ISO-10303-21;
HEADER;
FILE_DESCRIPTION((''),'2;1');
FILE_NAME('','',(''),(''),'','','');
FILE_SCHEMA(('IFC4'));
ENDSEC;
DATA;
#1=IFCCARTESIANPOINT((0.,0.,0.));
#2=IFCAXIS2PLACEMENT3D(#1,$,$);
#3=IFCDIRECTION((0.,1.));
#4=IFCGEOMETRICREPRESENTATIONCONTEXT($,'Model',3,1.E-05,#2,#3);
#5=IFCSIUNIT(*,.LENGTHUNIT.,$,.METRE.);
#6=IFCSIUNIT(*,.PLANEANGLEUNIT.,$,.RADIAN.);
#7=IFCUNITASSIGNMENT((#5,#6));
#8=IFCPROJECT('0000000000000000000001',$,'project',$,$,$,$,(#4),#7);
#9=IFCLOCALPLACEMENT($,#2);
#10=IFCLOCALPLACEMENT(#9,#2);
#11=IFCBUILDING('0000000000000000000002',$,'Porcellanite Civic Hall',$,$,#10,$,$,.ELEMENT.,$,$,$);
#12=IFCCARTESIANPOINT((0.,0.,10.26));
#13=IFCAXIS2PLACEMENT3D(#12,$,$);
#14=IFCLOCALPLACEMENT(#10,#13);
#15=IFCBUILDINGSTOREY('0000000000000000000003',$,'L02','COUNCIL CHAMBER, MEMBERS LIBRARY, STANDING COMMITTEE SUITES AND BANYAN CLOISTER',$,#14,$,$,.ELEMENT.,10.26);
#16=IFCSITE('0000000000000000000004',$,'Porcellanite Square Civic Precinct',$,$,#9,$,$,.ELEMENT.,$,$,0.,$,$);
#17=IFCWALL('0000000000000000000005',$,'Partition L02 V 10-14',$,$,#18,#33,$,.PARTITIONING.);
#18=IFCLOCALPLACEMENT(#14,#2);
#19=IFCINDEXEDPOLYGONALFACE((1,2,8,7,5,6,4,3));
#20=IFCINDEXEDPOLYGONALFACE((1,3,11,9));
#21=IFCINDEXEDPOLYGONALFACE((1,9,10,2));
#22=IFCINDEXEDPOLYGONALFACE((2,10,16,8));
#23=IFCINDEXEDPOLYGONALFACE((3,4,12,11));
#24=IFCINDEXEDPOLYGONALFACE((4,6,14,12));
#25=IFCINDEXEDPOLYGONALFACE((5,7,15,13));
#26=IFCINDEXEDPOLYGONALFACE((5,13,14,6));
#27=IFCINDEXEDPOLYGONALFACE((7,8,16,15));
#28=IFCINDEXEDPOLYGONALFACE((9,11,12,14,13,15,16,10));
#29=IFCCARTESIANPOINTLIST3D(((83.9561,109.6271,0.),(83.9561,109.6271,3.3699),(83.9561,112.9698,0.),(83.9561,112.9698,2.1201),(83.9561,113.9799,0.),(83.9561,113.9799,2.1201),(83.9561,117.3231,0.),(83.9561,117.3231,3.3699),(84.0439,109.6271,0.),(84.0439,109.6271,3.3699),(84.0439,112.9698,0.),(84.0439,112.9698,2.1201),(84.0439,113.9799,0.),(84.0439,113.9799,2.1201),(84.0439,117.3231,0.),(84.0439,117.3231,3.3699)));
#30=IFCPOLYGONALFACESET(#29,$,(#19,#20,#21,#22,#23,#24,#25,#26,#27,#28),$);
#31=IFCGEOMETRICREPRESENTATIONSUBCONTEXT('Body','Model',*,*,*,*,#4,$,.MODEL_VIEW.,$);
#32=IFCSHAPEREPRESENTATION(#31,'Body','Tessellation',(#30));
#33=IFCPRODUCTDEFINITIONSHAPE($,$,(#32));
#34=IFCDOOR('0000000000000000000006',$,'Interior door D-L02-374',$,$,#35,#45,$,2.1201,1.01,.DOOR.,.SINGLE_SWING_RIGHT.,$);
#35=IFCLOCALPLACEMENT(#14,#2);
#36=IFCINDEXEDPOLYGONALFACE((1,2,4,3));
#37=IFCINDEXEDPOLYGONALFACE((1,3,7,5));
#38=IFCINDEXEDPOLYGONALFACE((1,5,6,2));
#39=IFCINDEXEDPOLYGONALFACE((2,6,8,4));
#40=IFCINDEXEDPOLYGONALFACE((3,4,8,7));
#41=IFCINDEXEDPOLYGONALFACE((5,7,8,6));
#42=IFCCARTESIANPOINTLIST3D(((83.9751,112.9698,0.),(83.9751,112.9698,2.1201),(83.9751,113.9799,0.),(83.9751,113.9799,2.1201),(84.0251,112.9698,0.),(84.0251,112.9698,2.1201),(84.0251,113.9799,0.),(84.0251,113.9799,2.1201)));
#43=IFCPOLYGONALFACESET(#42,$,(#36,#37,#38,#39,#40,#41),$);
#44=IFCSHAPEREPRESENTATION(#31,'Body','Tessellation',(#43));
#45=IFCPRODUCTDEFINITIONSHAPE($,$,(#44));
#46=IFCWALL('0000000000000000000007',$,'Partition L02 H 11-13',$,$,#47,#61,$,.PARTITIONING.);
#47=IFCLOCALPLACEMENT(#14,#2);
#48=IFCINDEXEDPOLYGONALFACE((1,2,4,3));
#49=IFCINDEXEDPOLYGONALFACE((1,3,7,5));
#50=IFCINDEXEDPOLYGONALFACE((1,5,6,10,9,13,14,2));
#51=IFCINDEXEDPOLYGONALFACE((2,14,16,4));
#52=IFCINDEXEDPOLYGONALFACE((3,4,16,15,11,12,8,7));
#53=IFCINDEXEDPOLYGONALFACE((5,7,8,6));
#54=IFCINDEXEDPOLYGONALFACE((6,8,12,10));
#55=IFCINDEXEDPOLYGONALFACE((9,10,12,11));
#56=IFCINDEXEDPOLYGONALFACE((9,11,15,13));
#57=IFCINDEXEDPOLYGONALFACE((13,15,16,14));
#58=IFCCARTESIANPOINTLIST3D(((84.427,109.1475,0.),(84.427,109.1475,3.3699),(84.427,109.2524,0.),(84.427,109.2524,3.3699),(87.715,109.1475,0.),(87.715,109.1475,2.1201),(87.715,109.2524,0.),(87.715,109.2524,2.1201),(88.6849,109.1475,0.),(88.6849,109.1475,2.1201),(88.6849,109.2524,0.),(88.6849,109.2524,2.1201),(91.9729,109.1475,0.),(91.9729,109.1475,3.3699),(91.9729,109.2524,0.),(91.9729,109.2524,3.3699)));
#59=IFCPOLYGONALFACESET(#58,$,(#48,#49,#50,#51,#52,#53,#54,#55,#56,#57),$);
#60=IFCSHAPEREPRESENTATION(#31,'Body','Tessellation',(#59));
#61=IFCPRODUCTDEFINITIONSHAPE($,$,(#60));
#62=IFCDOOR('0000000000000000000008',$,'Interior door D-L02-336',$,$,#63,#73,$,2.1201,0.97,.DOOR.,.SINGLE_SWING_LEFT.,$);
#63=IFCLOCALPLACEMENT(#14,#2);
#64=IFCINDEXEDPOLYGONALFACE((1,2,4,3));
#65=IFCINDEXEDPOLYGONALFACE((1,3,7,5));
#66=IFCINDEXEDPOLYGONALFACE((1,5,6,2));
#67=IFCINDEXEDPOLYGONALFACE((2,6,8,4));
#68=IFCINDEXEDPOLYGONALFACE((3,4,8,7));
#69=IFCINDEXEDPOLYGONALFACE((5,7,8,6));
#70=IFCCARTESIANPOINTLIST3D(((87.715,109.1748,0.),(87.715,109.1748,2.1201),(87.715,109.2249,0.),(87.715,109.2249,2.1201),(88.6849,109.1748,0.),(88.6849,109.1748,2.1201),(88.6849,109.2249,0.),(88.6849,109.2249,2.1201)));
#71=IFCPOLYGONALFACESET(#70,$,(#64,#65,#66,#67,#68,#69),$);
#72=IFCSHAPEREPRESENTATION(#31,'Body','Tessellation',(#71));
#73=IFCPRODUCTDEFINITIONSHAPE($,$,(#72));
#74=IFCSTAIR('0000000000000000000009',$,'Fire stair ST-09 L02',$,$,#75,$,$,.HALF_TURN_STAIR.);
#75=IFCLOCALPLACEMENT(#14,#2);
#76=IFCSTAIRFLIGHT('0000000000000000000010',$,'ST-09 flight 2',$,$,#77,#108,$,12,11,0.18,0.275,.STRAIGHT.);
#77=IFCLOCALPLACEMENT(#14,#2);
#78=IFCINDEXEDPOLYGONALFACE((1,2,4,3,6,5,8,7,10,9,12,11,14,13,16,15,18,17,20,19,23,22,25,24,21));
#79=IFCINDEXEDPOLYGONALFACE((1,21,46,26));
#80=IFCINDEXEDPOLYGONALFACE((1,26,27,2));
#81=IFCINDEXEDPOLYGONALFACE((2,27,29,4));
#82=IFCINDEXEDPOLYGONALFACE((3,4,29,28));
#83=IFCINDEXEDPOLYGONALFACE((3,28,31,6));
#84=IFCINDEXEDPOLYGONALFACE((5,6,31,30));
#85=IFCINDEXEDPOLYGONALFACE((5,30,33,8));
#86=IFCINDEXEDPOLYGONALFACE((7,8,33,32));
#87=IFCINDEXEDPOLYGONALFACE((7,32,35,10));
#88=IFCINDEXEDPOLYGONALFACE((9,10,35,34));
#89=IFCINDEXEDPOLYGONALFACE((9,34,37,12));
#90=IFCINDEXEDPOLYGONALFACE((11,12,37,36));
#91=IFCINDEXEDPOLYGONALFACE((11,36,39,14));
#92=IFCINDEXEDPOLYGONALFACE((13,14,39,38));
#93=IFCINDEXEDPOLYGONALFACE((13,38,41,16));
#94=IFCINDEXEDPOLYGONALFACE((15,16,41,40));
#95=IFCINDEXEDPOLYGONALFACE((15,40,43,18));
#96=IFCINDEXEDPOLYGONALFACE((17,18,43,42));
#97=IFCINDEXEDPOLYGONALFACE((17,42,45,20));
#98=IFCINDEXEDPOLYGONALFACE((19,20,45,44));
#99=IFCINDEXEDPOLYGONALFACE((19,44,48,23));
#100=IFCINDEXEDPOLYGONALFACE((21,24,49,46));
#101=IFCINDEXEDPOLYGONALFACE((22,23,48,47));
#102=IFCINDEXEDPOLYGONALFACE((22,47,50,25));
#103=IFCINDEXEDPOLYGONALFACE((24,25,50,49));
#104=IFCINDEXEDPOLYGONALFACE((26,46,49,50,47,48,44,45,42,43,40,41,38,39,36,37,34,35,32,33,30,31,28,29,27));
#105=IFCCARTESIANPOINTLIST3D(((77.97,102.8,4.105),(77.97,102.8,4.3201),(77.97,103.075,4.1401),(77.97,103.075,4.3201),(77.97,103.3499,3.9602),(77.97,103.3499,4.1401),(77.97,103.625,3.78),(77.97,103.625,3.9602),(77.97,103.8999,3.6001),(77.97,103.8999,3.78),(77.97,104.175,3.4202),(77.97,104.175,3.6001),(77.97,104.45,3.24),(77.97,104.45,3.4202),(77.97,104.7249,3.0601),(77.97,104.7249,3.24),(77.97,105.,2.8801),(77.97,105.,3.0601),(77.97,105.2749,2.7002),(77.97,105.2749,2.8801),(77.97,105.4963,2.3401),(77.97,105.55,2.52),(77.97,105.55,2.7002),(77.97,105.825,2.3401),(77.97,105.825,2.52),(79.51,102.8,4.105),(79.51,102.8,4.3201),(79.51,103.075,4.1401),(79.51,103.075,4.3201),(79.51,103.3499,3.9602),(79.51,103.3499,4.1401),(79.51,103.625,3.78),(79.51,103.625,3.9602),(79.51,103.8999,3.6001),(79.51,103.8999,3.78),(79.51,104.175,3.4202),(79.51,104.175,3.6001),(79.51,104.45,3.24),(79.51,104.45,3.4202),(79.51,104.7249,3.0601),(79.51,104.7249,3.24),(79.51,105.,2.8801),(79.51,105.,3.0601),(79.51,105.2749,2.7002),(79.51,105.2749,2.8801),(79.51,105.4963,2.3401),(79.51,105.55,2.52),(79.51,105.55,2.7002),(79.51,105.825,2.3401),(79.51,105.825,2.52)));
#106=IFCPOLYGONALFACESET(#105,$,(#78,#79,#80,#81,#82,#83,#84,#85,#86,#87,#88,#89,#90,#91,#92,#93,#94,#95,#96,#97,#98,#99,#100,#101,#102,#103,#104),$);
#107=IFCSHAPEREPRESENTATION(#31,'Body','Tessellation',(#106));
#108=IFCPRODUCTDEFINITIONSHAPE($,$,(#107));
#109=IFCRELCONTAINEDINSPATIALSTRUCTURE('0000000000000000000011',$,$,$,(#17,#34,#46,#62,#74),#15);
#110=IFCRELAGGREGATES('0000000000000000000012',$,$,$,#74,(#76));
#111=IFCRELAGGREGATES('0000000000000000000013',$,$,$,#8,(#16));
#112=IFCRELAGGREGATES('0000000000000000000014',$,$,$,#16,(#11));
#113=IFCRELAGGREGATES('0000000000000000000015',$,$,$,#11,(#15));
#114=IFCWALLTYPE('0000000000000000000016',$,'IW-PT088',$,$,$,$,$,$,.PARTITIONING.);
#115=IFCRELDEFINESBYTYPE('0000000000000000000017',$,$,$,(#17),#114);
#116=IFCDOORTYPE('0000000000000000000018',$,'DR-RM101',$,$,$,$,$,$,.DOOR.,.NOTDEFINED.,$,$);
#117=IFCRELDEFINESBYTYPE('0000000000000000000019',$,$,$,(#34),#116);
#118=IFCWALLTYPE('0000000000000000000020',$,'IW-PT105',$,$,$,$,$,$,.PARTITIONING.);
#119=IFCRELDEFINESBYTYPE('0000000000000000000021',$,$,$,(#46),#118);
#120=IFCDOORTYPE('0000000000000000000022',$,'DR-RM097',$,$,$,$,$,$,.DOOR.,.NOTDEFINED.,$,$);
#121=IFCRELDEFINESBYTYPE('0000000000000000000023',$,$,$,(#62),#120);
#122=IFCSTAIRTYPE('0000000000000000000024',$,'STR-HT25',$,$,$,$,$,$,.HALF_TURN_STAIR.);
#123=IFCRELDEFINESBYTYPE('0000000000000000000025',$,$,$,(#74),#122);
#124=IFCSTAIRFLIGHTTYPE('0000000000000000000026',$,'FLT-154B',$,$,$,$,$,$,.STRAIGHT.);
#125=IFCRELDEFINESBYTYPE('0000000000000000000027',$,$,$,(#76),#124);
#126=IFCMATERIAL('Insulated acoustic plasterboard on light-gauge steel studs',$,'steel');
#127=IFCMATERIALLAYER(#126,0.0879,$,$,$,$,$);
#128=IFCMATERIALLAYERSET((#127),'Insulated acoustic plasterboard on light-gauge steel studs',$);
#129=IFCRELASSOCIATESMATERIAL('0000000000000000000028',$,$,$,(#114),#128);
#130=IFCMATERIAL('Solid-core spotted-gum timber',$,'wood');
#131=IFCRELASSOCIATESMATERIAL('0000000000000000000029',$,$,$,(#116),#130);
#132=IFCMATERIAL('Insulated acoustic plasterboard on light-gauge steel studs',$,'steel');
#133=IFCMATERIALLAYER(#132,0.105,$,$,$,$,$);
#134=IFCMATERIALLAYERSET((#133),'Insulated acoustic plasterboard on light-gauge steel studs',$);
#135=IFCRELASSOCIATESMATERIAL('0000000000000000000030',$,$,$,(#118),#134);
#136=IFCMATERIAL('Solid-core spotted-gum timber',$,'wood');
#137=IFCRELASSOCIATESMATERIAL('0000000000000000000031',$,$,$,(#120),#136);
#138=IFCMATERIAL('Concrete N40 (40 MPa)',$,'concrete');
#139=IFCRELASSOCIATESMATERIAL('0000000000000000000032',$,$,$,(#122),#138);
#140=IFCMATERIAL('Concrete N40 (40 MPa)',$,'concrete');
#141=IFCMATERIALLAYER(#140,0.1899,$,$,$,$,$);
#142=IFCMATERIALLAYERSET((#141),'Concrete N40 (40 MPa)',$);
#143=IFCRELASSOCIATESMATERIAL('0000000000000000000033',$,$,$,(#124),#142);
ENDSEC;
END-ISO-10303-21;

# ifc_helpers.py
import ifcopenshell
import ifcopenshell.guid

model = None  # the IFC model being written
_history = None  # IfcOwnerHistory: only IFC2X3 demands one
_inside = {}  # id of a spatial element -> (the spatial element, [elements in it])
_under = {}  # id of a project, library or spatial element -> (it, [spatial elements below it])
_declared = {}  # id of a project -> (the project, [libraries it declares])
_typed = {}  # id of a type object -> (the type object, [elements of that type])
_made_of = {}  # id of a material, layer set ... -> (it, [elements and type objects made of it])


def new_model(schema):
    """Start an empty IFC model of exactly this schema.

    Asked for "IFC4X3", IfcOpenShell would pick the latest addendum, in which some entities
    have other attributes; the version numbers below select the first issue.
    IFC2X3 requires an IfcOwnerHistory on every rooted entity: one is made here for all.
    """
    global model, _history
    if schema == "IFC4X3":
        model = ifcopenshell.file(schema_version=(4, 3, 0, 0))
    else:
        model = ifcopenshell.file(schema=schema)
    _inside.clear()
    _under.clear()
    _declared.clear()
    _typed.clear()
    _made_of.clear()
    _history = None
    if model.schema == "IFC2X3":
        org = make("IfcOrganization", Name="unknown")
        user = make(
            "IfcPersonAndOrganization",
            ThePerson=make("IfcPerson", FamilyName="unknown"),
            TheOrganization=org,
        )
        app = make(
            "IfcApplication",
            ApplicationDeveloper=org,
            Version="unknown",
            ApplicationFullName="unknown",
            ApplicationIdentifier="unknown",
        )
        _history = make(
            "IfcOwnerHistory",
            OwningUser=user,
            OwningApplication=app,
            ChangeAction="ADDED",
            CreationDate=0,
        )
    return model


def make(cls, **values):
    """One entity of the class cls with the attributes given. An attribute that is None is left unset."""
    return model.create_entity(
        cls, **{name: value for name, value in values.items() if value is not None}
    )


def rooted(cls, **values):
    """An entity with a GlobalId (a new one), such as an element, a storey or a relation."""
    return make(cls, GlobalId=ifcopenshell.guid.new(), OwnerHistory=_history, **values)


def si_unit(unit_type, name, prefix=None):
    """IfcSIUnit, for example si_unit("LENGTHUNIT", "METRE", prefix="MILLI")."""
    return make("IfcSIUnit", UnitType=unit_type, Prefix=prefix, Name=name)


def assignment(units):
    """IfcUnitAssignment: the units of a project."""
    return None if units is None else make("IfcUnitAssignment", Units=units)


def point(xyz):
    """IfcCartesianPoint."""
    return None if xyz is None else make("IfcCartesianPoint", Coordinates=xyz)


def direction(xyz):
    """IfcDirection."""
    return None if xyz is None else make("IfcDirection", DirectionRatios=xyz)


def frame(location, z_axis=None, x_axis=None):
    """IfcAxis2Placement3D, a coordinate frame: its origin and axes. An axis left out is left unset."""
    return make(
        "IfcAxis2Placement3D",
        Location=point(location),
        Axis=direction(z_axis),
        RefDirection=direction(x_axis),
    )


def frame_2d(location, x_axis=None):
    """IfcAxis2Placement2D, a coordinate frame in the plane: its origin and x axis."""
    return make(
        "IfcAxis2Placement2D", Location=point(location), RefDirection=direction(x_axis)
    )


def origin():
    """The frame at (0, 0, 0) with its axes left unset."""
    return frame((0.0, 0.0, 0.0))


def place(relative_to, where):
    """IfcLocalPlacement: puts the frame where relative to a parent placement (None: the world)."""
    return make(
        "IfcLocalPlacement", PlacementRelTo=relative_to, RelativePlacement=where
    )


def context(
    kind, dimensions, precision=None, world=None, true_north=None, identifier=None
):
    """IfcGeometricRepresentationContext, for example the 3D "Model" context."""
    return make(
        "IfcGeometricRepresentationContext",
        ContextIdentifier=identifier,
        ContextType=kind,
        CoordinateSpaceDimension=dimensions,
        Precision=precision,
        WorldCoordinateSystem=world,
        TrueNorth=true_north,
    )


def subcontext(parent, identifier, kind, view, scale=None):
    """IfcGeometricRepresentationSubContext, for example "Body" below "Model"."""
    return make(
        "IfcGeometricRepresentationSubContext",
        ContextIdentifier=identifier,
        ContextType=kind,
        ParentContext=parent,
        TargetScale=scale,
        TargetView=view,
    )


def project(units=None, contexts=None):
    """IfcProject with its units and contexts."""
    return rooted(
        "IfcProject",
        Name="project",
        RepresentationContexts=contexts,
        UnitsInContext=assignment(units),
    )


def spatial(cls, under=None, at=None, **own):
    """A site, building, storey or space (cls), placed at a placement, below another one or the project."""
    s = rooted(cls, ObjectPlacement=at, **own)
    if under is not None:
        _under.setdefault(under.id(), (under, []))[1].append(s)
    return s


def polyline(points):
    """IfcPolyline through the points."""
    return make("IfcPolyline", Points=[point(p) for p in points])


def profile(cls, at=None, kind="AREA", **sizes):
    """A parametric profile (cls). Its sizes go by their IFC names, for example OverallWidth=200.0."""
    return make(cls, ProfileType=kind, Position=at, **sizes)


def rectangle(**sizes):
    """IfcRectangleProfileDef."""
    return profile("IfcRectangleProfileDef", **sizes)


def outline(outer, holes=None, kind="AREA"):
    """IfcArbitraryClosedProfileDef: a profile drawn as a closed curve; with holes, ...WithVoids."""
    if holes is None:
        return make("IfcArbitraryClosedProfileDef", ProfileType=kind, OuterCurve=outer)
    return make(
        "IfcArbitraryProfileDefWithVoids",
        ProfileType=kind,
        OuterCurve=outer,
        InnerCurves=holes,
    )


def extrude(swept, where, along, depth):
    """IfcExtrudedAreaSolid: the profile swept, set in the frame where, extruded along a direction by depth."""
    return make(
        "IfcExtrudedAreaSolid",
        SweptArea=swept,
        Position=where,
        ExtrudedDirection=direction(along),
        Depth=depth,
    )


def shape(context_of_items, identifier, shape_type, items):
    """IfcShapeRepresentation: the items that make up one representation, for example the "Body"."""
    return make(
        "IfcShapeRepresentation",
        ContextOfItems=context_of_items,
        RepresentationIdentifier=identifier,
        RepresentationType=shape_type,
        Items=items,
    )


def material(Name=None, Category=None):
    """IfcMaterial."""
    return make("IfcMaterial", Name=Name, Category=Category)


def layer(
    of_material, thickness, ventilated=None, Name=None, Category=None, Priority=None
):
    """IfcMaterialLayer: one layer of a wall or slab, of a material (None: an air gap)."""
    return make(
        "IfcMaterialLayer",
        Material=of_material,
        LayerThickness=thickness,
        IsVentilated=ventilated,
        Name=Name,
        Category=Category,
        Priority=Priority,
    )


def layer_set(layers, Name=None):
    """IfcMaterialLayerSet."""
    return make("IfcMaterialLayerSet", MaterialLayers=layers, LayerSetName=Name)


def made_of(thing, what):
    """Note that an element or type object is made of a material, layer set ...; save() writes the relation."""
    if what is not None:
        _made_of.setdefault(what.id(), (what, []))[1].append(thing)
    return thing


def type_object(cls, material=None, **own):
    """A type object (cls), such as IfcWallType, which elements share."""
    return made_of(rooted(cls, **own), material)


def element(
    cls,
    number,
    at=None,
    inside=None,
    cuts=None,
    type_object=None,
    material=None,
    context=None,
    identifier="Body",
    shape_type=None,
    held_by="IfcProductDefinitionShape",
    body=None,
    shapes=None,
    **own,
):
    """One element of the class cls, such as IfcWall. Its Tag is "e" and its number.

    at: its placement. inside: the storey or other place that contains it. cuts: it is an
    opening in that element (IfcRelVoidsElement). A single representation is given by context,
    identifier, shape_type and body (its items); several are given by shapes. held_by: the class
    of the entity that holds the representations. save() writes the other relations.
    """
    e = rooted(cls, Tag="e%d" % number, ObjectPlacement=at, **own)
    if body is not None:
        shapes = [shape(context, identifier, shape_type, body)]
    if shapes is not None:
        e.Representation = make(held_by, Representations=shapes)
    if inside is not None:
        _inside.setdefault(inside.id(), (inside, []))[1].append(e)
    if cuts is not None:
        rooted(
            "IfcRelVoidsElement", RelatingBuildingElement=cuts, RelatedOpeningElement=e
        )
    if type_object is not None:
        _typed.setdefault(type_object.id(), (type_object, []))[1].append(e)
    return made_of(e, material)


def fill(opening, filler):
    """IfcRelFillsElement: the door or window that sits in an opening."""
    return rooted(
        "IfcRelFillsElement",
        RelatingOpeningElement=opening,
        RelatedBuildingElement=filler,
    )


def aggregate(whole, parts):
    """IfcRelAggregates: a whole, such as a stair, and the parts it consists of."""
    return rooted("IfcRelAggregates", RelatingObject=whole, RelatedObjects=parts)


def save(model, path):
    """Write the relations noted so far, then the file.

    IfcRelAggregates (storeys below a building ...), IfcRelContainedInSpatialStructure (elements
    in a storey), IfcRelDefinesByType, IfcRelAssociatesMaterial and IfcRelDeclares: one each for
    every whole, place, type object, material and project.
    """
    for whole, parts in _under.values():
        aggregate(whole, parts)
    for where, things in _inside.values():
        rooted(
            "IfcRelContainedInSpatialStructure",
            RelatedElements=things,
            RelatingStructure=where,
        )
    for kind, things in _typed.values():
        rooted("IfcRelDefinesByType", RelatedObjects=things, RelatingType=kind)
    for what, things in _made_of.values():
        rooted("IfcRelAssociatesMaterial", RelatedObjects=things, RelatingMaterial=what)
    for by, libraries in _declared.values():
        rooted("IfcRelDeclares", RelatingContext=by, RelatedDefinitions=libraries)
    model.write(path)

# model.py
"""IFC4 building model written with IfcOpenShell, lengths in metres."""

from ifc_helpers import new_model, si_unit, direction, frame, frame_2d, origin, place, context, subcontext, project, spatial, polyline, rectangle, outline, extrude, material, layer, layer_set, type_object, element, fill, aggregate, save


model = new_model("IFC4")

# Units and contexts
model_context = context("Model", 3, precision=1e-05, world=origin(), true_north=direction((0.0, 1.0)))
body_context = subcontext(model_context, "Body", "Model", "MODEL_VIEW")
ifc_project = project(units=[si_unit("LENGTHUNIT", "METRE"), si_unit("PLANEANGLEUNIT", "RADIAN")], contexts=[model_context])

# Site, building, storey
site_placement = place(None, origin())
site = spatial("IfcSite", under=ifc_project, at=site_placement, Name="Porcellanite Square Civic Precinct", CompositionType="ELEMENT", RefElevation=0.0)
building_placement = place(site_placement, origin())
building = spatial("IfcBuilding", under=site, at=building_placement, Name="Porcellanite Civic Hall", CompositionType="ELEMENT")
storey_placement = place(building_placement, frame((0.0, 0.0, 10.26)))
storey = spatial("IfcBuildingStorey", under=building, at=storey_placement, Name="L02", Description="COUNCIL CHAMBER, MEMBERS LIBRARY, STANDING COMMITTEE SUITES AND BANYAN CLOISTER", CompositionType="ELEMENT", Elevation=10.26)

# Walls, openings, doors
ifc_material_1 = material(Name="Insulated acoustic plasterboard on light-gauge steel studs", Category="steel")
ifc_layer_1 = layer(ifc_material_1, 0.0879)
ifc_layer_set_1 = layer_set([ifc_layer_1], Name="Insulated acoustic plasterboard on light-gauge steel studs")
wall_type_1 = type_object("IfcWallType", Name="IW-PT088", PredefinedType="PARTITIONING", material=ifc_layer_set_1)
wall_1_placement = place(storey_placement, frame((84.0, 109.627, 0.0), z_axis=(0.0, 0.0, 1.0), x_axis=(0.0, 1.0, 0.0)))
wall_1 = element("IfcWall", 1, at=wall_1_placement, inside=storey, type_object=wall_type_1, Name="Partition L02 V 10-14", PredefinedType="PARTITIONING", context=body_context, shape_type="SweptSolid", body=[
    extrude(rectangle(XDim=7.696, YDim=0.0879, at=frame_2d((3.8481, 0.0))), origin(), (0.0, 0.0, 1.0), 3.3699),
])
opening_1_placement = place(wall_1_placement, frame((3.343, 0.0, 0.0)))
opening_1 = element("IfcOpeningElement", 2, at=opening_1_placement, cuts=wall_1, PredefinedType="OPENING", context=body_context, shape_type="SweptSolid", body=[
    extrude(rectangle(XDim=1.01, YDim=2.1201, at=frame_2d((0.5049, 1.0601))), frame((0.0, 0.0439, 0.0), z_axis=(0.0, -1.0, 0.0), x_axis=(1.0, 0.0, 0.0)), (0.0, 0.0, 1.0), 0.0879),
])
ifc_material_2 = material(Name="Solid-core spotted-gum timber", Category="wood")
door_type_1 = type_object("IfcDoorType", Name="DR-RM101", OperationType="NOTDEFINED", PredefinedType="DOOR", material=ifc_material_2)
door_1_placement = place(opening_1_placement, origin())
door_1 = element("IfcDoor", 3, at=door_1_placement, inside=storey, type_object=door_type_1, Name="Interior door D-L02-374", OperationType="SINGLE_SWING_RIGHT", OverallHeight=2.1201, OverallWidth=1.01, PredefinedType="DOOR", context=body_context, shape_type="SweptSolid", body=[
    extrude(rectangle(XDim=1.01, YDim=2.1201, at=frame_2d((0.5049, 1.0601))), frame((0.0, 0.0249, 0.0), z_axis=(0.0, -1.0, 0.0), x_axis=(1.0, 0.0, 0.0)), (0.0, 0.0, 1.0), 0.05),
])
fill(opening_1, door_1)
ifc_material_3 = material(Name="Insulated acoustic plasterboard on light-gauge steel studs", Category="steel")
ifc_layer_2 = layer(ifc_material_3, 0.105)
ifc_layer_set_2 = layer_set([ifc_layer_2], Name="Insulated acoustic plasterboard on light-gauge steel studs")
wall_type_2 = type_object("IfcWallType", Name="IW-PT105", PredefinedType="PARTITIONING", material=ifc_layer_set_2)
wall_2_placement = place(storey_placement, frame((84.427, 109.2, 0.0), z_axis=(0.0, 0.0, 1.0), x_axis=(1.0, 0.0, 0.0)))
wall_2 = element("IfcWall", 4, at=wall_2_placement, inside=storey, type_object=wall_type_2, Name="Partition L02 H 11-13", PredefinedType="PARTITIONING", context=body_context, shape_type="SweptSolid", body=[
    extrude(rectangle(XDim=7.5459, YDim=0.105, at=frame_2d((3.7729, 0.0))), origin(), (0.0, 0.0, 1.0), 3.3699),
])
opening_2_placement = place(wall_2_placement, frame((3.2881, 0.0, 0.0)))
opening_2 = element("IfcOpeningElement", 5, at=opening_2_placement, cuts=wall_2, PredefinedType="OPENING", context=body_context, shape_type="SweptSolid", body=[
    extrude(rectangle(XDim=0.97, YDim=2.1201, at=frame_2d((0.4849, 1.0601))), frame((0.0, 0.0525, 0.0), z_axis=(0.0, -1.0, 0.0), x_axis=(1.0, 0.0, 0.0)), (0.0, 0.0, 1.0), 0.105),
])
ifc_material_4 = material(Name="Solid-core spotted-gum timber", Category="wood")
door_type_2 = type_object("IfcDoorType", Name="DR-RM097", OperationType="NOTDEFINED", PredefinedType="DOOR", material=ifc_material_4)
door_2_placement = place(opening_2_placement, origin())
door_2 = element("IfcDoor", 6, at=door_2_placement, inside=storey, type_object=door_type_2, Name="Interior door D-L02-336", OperationType="SINGLE_SWING_LEFT", OverallHeight=2.1201, OverallWidth=0.97, PredefinedType="DOOR", context=body_context, shape_type="SweptSolid", body=[
    extrude(rectangle(XDim=0.97, YDim=2.1201, at=frame_2d((0.4849, 1.0601))), frame((0.0, 0.0249, 0.0), z_axis=(0.0, -1.0, 0.0), x_axis=(1.0, 0.0, 0.0)), (0.0, 0.0, 1.0), 0.05),
])
fill(opening_2, door_2)

# Stair, stair flight
ifc_material_5 = material(Name="Concrete N40 (40 MPa)", Category="concrete")
stair_type = type_object("IfcStairType", Name="STR-HT25", PredefinedType="HALF_TURN_STAIR", material=ifc_material_5)
stair_placement = place(storey_placement, origin())
stair = element("IfcStair", 7, at=stair_placement, inside=storey, type_object=stair_type, Name="Fire stair ST-09 L02", PredefinedType="HALF_TURN_STAIR")
ifc_material_6 = material(Name="Concrete N40 (40 MPa)", Category="concrete")
ifc_layer_3 = layer(ifc_material_6, 0.1899)
ifc_layer_set_3 = layer_set([ifc_layer_3], Name="Concrete N40 (40 MPa)")
stair_flight_type = type_object("IfcStairFlightType", Name="FLT-154B", PredefinedType="STRAIGHT", material=ifc_layer_set_3)
stair_flight_placement = place(storey_placement, frame((78.74, 105.825, 2.3401), z_axis=(0.0, 0.0, 1.0), x_axis=(0.0, -1.0, 0.0)))
stair_flight = element("IfcStairFlight", 8, at=stair_flight_placement, type_object=stair_flight_type, Name="ST-09 flight 2", NumberOfRisers=12, NumberOfTreads=11, PredefinedType="STRAIGHT", RiserHeight=0.18, TreadLength=0.275, context=body_context, shape_type="SweptSolid", body=[
    extrude(outline(polyline([(0.0, 0.0), (0.0, 0.1799), (0.2749, 0.1799), (0.2749, 0.3601), (0.55, 0.3601), (0.55, 0.54), (0.825, 0.54), (0.825, 0.72), (1.1001, 0.72), (1.1001, 0.8999), (1.375, 0.8999), (1.375, 1.0801), (1.6499, 1.0801), (1.6499, 1.26), (1.925, 1.26), (1.925, 1.4399), (2.2, 1.4399), (2.2, 1.6201), (2.4751, 1.6201), (2.4751, 1.8), (2.75, 1.8), (2.75, 1.98), (3.0249, 1.98), (3.0249, 2.1599), (3.0249, 1.7649), (0.3286, 0.0), (0.0, 0.0)])), frame((0.0, 0.77, 0.0), z_axis=(0.0, -1.0, 0.0), x_axis=(1.0, 0.0, 0.0)), (0.0, 0.0, 1.0), 1.54),
])
aggregate(stair, [stair_flight])

save(model, "model.ifc")
